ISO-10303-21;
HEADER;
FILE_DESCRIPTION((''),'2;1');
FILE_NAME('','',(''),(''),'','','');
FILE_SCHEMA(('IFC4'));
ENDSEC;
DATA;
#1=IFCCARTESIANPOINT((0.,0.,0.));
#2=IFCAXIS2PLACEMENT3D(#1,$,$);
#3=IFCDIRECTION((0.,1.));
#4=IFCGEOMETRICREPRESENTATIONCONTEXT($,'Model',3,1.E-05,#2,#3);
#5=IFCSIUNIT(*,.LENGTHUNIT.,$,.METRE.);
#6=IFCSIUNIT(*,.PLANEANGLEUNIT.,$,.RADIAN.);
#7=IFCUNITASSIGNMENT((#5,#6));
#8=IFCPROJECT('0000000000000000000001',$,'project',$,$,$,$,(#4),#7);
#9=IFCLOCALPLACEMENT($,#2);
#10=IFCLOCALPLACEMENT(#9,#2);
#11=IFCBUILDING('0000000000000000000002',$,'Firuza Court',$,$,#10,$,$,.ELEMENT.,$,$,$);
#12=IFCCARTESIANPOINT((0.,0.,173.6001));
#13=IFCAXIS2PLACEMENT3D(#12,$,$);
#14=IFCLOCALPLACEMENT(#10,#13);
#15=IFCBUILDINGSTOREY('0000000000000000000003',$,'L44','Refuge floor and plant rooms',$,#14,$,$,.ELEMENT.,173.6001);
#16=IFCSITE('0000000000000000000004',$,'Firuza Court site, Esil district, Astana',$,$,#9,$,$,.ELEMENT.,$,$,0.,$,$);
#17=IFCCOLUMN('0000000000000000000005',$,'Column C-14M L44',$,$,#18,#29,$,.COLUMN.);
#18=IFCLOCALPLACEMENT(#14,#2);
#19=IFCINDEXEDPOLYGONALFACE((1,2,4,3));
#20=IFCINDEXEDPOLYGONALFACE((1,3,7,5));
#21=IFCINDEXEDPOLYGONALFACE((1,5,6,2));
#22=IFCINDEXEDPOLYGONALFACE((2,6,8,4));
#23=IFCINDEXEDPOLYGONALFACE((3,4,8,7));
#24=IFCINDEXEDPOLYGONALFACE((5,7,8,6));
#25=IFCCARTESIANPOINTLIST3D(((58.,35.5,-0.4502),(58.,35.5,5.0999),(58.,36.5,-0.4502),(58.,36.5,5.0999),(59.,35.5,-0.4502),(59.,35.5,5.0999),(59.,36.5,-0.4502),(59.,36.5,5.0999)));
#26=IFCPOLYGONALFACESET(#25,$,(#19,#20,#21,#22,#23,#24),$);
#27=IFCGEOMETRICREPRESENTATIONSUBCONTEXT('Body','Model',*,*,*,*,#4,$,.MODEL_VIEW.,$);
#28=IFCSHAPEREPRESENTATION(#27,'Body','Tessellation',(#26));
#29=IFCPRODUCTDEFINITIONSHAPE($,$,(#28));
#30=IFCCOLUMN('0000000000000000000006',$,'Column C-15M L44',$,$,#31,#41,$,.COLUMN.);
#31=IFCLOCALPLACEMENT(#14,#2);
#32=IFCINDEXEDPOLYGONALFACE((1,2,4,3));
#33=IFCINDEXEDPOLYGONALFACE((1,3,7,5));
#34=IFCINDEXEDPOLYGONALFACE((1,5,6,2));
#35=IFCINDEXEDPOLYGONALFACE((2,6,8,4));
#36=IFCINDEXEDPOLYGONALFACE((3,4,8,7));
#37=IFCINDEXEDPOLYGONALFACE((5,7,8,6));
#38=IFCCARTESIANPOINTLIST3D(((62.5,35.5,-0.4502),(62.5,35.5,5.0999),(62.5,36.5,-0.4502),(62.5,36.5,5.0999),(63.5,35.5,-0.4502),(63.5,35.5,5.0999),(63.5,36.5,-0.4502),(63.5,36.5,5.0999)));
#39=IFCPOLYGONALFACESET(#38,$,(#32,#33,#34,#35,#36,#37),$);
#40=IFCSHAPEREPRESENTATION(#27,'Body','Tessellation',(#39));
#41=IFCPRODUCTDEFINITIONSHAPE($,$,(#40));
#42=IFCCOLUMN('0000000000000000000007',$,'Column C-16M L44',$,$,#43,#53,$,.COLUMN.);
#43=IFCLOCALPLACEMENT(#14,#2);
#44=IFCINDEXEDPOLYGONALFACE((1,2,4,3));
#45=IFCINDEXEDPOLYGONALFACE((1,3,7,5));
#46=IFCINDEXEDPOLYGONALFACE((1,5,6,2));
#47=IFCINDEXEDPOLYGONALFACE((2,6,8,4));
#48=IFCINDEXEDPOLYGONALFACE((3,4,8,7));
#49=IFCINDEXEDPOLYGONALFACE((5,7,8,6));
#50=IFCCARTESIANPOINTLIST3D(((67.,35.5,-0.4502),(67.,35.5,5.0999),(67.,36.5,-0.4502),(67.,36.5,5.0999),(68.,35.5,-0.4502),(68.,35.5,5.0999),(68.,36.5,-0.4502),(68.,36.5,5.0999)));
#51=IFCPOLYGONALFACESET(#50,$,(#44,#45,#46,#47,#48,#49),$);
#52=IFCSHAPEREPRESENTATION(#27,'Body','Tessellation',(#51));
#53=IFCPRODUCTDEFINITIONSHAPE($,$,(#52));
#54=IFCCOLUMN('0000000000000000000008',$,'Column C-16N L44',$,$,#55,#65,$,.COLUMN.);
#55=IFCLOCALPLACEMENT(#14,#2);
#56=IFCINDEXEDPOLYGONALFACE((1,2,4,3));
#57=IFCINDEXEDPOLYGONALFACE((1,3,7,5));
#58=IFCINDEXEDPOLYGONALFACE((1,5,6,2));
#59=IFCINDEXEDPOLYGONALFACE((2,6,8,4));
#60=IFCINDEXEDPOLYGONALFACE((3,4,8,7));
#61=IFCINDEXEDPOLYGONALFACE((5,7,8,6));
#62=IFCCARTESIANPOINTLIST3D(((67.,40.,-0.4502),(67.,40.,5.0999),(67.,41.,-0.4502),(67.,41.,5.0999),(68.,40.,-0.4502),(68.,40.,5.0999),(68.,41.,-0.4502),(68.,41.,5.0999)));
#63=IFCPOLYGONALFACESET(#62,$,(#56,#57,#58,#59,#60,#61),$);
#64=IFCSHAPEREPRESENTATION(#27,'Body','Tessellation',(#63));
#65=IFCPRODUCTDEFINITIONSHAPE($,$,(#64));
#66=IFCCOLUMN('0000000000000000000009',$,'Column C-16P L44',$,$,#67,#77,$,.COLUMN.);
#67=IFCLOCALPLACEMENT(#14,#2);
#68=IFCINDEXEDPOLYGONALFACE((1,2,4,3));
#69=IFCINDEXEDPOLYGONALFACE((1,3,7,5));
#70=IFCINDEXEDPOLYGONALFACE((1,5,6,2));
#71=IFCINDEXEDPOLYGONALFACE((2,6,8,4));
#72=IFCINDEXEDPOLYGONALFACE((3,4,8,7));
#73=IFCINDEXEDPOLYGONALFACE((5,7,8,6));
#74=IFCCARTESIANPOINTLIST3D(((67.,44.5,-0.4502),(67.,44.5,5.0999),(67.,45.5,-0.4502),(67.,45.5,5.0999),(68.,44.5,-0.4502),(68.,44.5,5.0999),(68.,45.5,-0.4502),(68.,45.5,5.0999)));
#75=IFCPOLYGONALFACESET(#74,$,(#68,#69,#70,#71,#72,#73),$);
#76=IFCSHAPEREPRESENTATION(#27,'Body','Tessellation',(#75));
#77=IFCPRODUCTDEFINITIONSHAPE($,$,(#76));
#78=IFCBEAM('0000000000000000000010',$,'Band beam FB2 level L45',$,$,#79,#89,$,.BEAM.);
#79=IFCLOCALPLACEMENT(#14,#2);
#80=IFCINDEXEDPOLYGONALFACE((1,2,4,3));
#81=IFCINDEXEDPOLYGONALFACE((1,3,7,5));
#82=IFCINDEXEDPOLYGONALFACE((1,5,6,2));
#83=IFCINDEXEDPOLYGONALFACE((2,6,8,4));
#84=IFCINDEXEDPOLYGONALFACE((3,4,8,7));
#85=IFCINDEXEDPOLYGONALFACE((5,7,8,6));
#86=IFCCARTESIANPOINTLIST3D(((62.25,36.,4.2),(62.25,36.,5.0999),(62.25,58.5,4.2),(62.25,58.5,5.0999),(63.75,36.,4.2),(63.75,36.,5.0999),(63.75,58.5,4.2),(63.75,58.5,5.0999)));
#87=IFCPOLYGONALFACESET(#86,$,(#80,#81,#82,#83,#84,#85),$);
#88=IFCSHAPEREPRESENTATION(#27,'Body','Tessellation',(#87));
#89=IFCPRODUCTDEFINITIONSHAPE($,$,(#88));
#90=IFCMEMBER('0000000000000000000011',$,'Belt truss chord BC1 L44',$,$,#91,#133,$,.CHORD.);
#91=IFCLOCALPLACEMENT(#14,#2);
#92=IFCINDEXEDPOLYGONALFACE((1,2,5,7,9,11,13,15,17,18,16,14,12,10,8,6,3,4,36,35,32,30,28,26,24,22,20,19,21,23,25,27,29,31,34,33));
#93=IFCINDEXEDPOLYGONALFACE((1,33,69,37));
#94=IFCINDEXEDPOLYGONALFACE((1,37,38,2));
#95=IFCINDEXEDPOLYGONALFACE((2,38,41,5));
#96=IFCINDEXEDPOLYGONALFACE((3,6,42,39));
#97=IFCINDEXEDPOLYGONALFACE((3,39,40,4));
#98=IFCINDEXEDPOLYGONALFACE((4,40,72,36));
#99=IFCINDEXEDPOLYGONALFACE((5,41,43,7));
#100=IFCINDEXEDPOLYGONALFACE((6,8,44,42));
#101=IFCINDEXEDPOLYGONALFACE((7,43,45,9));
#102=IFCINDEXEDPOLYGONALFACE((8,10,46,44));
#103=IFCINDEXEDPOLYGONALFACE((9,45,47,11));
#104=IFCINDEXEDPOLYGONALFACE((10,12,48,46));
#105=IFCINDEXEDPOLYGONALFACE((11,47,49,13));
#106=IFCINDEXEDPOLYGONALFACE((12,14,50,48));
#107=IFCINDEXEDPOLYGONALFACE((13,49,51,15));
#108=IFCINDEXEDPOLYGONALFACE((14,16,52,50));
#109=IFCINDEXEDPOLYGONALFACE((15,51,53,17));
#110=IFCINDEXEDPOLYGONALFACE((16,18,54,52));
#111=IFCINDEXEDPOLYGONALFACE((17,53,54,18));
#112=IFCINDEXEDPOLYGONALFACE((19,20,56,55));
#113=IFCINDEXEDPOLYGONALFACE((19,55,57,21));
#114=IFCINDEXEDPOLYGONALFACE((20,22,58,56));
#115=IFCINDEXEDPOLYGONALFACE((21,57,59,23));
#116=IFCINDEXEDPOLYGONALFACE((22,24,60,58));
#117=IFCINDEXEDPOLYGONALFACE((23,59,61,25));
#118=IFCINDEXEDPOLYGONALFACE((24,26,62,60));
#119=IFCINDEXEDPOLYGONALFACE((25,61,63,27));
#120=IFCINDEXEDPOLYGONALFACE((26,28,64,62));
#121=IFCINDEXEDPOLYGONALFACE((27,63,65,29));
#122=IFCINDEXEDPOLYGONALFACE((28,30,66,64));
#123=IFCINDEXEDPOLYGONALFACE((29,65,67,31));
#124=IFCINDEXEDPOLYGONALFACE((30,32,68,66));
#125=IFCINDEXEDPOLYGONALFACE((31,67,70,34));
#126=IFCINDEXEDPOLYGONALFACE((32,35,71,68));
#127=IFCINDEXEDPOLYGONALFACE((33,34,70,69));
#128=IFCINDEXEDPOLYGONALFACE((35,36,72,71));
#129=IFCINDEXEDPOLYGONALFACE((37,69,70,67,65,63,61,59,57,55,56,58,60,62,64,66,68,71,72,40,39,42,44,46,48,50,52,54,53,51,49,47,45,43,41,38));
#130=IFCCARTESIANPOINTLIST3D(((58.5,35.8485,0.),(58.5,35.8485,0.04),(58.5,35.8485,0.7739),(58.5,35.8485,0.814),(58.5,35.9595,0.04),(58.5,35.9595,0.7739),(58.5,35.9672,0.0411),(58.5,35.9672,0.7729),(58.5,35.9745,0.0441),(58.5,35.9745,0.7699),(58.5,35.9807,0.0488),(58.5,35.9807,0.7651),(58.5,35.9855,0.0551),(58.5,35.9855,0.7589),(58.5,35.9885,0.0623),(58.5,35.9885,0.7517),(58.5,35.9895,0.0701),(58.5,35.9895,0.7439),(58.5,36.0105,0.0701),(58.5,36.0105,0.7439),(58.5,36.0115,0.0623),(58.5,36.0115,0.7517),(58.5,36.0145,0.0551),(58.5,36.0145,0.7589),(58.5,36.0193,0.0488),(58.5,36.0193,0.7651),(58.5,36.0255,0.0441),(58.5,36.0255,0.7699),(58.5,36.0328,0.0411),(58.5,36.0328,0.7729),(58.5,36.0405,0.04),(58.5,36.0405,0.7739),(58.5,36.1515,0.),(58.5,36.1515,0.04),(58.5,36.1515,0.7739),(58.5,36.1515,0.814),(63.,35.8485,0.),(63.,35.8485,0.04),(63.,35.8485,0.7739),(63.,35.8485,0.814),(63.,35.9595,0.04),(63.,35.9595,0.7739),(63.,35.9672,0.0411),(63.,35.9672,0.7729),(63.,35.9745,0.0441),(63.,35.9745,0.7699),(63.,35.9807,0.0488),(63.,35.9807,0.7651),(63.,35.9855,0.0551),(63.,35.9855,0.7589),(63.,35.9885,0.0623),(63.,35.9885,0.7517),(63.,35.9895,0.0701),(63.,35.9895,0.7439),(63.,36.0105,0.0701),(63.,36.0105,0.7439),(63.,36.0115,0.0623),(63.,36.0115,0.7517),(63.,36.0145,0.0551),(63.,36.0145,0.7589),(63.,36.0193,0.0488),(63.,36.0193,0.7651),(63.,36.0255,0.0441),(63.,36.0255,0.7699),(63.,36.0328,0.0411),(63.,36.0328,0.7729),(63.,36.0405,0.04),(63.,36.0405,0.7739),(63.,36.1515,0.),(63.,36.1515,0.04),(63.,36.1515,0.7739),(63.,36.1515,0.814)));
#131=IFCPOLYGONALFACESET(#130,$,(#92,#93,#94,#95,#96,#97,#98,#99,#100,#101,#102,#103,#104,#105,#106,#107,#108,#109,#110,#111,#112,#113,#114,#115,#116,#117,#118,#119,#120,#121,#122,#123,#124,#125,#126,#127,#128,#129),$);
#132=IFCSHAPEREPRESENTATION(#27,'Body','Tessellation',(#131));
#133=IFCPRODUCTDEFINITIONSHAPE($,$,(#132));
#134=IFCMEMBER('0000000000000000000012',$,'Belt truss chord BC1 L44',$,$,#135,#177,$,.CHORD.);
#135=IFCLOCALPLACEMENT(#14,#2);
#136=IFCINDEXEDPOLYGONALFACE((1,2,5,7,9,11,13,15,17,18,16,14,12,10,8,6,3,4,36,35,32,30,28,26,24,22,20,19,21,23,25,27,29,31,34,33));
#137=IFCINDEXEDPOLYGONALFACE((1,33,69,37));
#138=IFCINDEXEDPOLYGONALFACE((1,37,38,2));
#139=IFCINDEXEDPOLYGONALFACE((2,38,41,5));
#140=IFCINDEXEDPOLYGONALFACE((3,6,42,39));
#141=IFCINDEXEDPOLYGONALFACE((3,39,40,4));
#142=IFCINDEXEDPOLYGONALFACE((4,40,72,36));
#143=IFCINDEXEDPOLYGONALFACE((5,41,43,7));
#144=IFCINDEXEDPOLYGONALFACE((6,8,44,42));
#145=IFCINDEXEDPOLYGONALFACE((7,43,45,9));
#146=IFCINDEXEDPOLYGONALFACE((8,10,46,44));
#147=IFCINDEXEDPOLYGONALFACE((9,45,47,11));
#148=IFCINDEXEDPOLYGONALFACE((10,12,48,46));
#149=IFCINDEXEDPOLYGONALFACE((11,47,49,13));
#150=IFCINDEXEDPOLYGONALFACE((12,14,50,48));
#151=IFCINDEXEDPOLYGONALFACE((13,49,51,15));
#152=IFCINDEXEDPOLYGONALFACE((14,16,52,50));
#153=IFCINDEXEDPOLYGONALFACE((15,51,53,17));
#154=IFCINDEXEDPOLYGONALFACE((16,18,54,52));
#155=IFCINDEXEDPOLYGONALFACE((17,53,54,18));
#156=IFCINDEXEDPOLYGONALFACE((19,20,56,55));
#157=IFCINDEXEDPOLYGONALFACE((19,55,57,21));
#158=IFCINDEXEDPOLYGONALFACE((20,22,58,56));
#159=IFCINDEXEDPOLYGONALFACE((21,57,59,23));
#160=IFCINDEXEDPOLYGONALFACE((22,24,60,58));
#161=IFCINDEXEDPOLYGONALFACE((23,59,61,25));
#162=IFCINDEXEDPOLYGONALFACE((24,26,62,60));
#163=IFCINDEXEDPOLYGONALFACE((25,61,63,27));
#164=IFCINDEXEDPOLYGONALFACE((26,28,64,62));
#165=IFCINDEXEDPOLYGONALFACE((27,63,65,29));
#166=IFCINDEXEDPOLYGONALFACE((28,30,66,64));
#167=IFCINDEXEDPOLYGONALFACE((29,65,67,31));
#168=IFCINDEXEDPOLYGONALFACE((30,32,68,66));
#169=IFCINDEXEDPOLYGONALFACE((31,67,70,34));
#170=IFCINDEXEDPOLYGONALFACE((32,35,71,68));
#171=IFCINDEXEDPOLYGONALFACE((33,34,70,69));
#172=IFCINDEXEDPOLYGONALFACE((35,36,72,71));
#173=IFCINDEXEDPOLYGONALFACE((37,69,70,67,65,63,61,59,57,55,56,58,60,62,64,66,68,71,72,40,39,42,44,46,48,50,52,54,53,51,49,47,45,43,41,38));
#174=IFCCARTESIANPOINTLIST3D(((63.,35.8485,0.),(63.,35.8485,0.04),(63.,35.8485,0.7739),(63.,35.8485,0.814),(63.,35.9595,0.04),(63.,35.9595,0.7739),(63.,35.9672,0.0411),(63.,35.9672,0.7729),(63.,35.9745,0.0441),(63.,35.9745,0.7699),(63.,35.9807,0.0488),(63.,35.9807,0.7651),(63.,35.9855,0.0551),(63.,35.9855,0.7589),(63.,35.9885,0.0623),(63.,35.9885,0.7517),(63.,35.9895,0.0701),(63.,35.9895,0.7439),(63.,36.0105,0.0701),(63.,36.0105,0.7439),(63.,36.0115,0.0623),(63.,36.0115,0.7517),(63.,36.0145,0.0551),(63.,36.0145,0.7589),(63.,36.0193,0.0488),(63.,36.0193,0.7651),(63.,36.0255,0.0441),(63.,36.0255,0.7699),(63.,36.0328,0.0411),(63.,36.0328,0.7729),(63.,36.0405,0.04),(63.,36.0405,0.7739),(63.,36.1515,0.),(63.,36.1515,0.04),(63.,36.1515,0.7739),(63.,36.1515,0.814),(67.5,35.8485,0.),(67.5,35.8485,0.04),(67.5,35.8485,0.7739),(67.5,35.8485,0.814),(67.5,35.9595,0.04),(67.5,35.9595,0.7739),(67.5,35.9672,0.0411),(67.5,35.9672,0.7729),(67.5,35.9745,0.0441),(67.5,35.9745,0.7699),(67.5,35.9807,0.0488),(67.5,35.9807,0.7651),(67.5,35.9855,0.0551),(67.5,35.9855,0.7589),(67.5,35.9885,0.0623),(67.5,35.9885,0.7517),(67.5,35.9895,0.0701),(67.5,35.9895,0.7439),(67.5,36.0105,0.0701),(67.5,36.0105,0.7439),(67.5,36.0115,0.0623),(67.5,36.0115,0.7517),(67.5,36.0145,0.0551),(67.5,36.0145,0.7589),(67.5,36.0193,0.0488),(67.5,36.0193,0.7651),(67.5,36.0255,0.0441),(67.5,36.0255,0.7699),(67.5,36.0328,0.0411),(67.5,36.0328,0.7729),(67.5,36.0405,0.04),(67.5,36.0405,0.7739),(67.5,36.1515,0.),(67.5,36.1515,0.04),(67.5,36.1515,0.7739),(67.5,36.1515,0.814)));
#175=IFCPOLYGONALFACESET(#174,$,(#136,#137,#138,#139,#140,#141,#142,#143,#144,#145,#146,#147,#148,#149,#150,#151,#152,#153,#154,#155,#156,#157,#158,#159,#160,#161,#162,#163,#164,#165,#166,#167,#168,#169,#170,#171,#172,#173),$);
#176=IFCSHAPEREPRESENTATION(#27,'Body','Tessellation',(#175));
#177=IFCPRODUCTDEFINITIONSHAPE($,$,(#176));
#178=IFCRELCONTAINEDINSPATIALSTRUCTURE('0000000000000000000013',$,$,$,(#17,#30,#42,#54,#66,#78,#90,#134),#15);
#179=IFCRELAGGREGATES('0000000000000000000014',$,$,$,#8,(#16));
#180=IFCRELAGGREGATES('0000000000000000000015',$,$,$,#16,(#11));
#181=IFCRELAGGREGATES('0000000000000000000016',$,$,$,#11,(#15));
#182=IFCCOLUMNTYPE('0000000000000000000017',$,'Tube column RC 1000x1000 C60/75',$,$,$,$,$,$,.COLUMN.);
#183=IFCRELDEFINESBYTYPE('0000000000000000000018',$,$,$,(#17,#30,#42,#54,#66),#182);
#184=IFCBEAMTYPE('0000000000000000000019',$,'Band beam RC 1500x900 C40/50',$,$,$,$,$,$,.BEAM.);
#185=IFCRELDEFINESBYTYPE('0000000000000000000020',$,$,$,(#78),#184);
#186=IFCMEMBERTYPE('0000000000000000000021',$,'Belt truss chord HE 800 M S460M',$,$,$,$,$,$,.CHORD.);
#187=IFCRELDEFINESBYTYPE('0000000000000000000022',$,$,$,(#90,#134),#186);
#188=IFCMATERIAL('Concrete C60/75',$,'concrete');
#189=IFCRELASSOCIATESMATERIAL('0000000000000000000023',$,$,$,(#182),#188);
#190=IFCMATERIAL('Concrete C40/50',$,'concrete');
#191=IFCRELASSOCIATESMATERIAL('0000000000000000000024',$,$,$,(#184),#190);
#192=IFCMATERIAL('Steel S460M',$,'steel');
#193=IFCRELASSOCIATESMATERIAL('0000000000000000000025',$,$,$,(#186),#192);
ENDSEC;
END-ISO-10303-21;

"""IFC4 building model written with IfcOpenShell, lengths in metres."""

from ifc_helpers import new_model, si_unit, direction, frame, origin, origin_2d, place, context, subcontext, project, spatial, rectangle, i_section, extrude, material, material_profile, profile_set, type_object, element, save


model = new_model("IFC4")

# Units and contexts
model_context = context("Model", 3, precision=1e-05, world=origin(), true_north=direction((0.0, 1.0)))
body_context = subcontext(model_context, "Body", "Model", "MODEL_VIEW")
ifc_project = project(units=[si_unit("LENGTHUNIT", "METRE"), si_unit("PLANEANGLEUNIT", "RADIAN")], contexts=[model_context])

# Site, building, storey
site_placement = place(None, origin())
site = spatial("IfcSite", under=ifc_project, at=site_placement, Name="Firuza Court site, Esil district, Astana", CompositionType="ELEMENT", RefElevation=0.0)
building_placement = place(site_placement, origin())
building = spatial("IfcBuilding", under=site, at=building_placement, Name="Firuza Court", CompositionType="ELEMENT")
storey_placement = place(building_placement, frame((0.0, 0.0, 173.6001)))
storey = spatial("IfcBuildingStorey", under=building, at=storey_placement, Name="L44", Description="Refuge floor and plant rooms", CompositionType="ELEMENT", Elevation=173.6001)

# Columns
ifc_material_1 = material(Name="Concrete C60/75", Category="concrete")
ifc_material_profile_1 = material_profile(ifc_material_1, rectangle(XDim=1.0, YDim=1.0, at=origin_2d()), Name="RC 1000x1000")
ifc_profile_set_1 = profile_set([ifc_material_profile_1], Name="Concrete C60/75")
column_type = type_object("IfcColumnType", Name="Tube column RC 1000x1000 C60/75", PredefinedType="COLUMN", material=ifc_profile_set_1)
for number, where, z_axis, x_axis, name in (
    (1, (58.5, 36.0, -0.4502), (0.0, 0.0, 1.0), (1.0, 0.0, 0.0), "Column C-14M L44"),
    (2, (63.0, 36.0, -0.4502), (0.0, 0.0, 1.0), (1.0, 0.0, 0.0), "Column C-15M L44"),
    (3, (67.5, 36.0, -0.4502), (0.0, 0.0, 1.0), (1.0, 0.0, 0.0), "Column C-16M L44"),
    (4, (67.5, 40.5, -0.4502), (0.0, 0.0, 1.0), (1.0, 0.0, 0.0), "Column C-16N L44"),
    (5, (67.5, 45.0, -0.4502), (0.0, 0.0, 1.0), (1.0, 0.0, 0.0), "Column C-16P L44"),
):
    element("IfcColumn", number, at=place(storey_placement, frame(where, z_axis=z_axis, x_axis=x_axis)), inside=storey, type_object=column_type, Name=name, PredefinedType="COLUMN", context=body_context, shape_type="SweptSolid", body=[
        extrude(rectangle(XDim=1.0, YDim=1.0, at=origin_2d()), origin(), (0.0, 0.0, 1.0), 5.55),
    ])

# Beam
ifc_material_2 = material(Name="Concrete C40/50", Category="concrete")
ifc_material_profile_2 = material_profile(ifc_material_2, rectangle(XDim=1.5, YDim=0.8999, at=origin_2d()), Name="RC 1500x900")
ifc_profile_set_2 = profile_set([ifc_material_profile_2], Name="Concrete C40/50")
beam_type_1 = type_object("IfcBeamType", Name="Band beam RC 1500x900 C40/50", PredefinedType="BEAM", material=ifc_profile_set_2)
beam_placement = place(storey_placement, frame((63.0, 36.0, 4.6499), z_axis=(0.0, 1.0, 0.0), x_axis=(-1.0, 0.0, 0.0)))
element("IfcBeam", 6, at=beam_placement, inside=storey, type_object=beam_type_1, Name="Band beam FB2 level L45", PredefinedType="BEAM", context=body_context, shape_type="SweptSolid", body=[
    extrude(rectangle(XDim=1.5, YDim=0.8999, at=origin_2d()), origin(), (0.0, 0.0, 1.0), 22.5),
])

# Members
ifc_material_3 = material(Name="Steel S460M", Category="steel")
ifc_material_profile_3 = material_profile(ifc_material_3, i_section(OverallWidth=0.303, OverallDepth=0.814, WebThickness=0.021, FlangeThickness=0.04, FilletRadius=0.03, at=origin_2d()), Name="HE 800 M")
ifc_profile_set_3 = profile_set([ifc_material_profile_3], Name="Steel S460M")
member_type_1 = type_object("IfcMemberType", Name="Belt truss chord HE 800 M S460M", PredefinedType="CHORD", material=ifc_profile_set_3)
for number, where, z_axis, x_axis, name in (
    (7, (58.5, 36.0, 0.407), (1.0, 0.0, 0.0), (0.0, 1.0, 0.0), "Belt truss chord BC1 L44"),
    (8, (63.0, 36.0, 0.407), (1.0, 0.0, 0.0), (0.0, 1.0, 0.0), "Belt truss chord BC1 L44"),
):
    element("IfcMember", number, at=place(storey_placement, frame(where, z_axis=z_axis, x_axis=x_axis)), inside=storey, type_object=member_type_1, Name=name, PredefinedType="CHORD", context=body_context, shape_type="SweptSolid", body=[
        extrude(i_section(OverallWidth=0.303, OverallDepth=0.814, WebThickness=0.021, FlangeThickness=0.04, FilletRadius=0.03, at=origin_2d()), origin(), (0.0, 0.0, 1.0), 4.5),
    ])

save(model, "model.ifc")
